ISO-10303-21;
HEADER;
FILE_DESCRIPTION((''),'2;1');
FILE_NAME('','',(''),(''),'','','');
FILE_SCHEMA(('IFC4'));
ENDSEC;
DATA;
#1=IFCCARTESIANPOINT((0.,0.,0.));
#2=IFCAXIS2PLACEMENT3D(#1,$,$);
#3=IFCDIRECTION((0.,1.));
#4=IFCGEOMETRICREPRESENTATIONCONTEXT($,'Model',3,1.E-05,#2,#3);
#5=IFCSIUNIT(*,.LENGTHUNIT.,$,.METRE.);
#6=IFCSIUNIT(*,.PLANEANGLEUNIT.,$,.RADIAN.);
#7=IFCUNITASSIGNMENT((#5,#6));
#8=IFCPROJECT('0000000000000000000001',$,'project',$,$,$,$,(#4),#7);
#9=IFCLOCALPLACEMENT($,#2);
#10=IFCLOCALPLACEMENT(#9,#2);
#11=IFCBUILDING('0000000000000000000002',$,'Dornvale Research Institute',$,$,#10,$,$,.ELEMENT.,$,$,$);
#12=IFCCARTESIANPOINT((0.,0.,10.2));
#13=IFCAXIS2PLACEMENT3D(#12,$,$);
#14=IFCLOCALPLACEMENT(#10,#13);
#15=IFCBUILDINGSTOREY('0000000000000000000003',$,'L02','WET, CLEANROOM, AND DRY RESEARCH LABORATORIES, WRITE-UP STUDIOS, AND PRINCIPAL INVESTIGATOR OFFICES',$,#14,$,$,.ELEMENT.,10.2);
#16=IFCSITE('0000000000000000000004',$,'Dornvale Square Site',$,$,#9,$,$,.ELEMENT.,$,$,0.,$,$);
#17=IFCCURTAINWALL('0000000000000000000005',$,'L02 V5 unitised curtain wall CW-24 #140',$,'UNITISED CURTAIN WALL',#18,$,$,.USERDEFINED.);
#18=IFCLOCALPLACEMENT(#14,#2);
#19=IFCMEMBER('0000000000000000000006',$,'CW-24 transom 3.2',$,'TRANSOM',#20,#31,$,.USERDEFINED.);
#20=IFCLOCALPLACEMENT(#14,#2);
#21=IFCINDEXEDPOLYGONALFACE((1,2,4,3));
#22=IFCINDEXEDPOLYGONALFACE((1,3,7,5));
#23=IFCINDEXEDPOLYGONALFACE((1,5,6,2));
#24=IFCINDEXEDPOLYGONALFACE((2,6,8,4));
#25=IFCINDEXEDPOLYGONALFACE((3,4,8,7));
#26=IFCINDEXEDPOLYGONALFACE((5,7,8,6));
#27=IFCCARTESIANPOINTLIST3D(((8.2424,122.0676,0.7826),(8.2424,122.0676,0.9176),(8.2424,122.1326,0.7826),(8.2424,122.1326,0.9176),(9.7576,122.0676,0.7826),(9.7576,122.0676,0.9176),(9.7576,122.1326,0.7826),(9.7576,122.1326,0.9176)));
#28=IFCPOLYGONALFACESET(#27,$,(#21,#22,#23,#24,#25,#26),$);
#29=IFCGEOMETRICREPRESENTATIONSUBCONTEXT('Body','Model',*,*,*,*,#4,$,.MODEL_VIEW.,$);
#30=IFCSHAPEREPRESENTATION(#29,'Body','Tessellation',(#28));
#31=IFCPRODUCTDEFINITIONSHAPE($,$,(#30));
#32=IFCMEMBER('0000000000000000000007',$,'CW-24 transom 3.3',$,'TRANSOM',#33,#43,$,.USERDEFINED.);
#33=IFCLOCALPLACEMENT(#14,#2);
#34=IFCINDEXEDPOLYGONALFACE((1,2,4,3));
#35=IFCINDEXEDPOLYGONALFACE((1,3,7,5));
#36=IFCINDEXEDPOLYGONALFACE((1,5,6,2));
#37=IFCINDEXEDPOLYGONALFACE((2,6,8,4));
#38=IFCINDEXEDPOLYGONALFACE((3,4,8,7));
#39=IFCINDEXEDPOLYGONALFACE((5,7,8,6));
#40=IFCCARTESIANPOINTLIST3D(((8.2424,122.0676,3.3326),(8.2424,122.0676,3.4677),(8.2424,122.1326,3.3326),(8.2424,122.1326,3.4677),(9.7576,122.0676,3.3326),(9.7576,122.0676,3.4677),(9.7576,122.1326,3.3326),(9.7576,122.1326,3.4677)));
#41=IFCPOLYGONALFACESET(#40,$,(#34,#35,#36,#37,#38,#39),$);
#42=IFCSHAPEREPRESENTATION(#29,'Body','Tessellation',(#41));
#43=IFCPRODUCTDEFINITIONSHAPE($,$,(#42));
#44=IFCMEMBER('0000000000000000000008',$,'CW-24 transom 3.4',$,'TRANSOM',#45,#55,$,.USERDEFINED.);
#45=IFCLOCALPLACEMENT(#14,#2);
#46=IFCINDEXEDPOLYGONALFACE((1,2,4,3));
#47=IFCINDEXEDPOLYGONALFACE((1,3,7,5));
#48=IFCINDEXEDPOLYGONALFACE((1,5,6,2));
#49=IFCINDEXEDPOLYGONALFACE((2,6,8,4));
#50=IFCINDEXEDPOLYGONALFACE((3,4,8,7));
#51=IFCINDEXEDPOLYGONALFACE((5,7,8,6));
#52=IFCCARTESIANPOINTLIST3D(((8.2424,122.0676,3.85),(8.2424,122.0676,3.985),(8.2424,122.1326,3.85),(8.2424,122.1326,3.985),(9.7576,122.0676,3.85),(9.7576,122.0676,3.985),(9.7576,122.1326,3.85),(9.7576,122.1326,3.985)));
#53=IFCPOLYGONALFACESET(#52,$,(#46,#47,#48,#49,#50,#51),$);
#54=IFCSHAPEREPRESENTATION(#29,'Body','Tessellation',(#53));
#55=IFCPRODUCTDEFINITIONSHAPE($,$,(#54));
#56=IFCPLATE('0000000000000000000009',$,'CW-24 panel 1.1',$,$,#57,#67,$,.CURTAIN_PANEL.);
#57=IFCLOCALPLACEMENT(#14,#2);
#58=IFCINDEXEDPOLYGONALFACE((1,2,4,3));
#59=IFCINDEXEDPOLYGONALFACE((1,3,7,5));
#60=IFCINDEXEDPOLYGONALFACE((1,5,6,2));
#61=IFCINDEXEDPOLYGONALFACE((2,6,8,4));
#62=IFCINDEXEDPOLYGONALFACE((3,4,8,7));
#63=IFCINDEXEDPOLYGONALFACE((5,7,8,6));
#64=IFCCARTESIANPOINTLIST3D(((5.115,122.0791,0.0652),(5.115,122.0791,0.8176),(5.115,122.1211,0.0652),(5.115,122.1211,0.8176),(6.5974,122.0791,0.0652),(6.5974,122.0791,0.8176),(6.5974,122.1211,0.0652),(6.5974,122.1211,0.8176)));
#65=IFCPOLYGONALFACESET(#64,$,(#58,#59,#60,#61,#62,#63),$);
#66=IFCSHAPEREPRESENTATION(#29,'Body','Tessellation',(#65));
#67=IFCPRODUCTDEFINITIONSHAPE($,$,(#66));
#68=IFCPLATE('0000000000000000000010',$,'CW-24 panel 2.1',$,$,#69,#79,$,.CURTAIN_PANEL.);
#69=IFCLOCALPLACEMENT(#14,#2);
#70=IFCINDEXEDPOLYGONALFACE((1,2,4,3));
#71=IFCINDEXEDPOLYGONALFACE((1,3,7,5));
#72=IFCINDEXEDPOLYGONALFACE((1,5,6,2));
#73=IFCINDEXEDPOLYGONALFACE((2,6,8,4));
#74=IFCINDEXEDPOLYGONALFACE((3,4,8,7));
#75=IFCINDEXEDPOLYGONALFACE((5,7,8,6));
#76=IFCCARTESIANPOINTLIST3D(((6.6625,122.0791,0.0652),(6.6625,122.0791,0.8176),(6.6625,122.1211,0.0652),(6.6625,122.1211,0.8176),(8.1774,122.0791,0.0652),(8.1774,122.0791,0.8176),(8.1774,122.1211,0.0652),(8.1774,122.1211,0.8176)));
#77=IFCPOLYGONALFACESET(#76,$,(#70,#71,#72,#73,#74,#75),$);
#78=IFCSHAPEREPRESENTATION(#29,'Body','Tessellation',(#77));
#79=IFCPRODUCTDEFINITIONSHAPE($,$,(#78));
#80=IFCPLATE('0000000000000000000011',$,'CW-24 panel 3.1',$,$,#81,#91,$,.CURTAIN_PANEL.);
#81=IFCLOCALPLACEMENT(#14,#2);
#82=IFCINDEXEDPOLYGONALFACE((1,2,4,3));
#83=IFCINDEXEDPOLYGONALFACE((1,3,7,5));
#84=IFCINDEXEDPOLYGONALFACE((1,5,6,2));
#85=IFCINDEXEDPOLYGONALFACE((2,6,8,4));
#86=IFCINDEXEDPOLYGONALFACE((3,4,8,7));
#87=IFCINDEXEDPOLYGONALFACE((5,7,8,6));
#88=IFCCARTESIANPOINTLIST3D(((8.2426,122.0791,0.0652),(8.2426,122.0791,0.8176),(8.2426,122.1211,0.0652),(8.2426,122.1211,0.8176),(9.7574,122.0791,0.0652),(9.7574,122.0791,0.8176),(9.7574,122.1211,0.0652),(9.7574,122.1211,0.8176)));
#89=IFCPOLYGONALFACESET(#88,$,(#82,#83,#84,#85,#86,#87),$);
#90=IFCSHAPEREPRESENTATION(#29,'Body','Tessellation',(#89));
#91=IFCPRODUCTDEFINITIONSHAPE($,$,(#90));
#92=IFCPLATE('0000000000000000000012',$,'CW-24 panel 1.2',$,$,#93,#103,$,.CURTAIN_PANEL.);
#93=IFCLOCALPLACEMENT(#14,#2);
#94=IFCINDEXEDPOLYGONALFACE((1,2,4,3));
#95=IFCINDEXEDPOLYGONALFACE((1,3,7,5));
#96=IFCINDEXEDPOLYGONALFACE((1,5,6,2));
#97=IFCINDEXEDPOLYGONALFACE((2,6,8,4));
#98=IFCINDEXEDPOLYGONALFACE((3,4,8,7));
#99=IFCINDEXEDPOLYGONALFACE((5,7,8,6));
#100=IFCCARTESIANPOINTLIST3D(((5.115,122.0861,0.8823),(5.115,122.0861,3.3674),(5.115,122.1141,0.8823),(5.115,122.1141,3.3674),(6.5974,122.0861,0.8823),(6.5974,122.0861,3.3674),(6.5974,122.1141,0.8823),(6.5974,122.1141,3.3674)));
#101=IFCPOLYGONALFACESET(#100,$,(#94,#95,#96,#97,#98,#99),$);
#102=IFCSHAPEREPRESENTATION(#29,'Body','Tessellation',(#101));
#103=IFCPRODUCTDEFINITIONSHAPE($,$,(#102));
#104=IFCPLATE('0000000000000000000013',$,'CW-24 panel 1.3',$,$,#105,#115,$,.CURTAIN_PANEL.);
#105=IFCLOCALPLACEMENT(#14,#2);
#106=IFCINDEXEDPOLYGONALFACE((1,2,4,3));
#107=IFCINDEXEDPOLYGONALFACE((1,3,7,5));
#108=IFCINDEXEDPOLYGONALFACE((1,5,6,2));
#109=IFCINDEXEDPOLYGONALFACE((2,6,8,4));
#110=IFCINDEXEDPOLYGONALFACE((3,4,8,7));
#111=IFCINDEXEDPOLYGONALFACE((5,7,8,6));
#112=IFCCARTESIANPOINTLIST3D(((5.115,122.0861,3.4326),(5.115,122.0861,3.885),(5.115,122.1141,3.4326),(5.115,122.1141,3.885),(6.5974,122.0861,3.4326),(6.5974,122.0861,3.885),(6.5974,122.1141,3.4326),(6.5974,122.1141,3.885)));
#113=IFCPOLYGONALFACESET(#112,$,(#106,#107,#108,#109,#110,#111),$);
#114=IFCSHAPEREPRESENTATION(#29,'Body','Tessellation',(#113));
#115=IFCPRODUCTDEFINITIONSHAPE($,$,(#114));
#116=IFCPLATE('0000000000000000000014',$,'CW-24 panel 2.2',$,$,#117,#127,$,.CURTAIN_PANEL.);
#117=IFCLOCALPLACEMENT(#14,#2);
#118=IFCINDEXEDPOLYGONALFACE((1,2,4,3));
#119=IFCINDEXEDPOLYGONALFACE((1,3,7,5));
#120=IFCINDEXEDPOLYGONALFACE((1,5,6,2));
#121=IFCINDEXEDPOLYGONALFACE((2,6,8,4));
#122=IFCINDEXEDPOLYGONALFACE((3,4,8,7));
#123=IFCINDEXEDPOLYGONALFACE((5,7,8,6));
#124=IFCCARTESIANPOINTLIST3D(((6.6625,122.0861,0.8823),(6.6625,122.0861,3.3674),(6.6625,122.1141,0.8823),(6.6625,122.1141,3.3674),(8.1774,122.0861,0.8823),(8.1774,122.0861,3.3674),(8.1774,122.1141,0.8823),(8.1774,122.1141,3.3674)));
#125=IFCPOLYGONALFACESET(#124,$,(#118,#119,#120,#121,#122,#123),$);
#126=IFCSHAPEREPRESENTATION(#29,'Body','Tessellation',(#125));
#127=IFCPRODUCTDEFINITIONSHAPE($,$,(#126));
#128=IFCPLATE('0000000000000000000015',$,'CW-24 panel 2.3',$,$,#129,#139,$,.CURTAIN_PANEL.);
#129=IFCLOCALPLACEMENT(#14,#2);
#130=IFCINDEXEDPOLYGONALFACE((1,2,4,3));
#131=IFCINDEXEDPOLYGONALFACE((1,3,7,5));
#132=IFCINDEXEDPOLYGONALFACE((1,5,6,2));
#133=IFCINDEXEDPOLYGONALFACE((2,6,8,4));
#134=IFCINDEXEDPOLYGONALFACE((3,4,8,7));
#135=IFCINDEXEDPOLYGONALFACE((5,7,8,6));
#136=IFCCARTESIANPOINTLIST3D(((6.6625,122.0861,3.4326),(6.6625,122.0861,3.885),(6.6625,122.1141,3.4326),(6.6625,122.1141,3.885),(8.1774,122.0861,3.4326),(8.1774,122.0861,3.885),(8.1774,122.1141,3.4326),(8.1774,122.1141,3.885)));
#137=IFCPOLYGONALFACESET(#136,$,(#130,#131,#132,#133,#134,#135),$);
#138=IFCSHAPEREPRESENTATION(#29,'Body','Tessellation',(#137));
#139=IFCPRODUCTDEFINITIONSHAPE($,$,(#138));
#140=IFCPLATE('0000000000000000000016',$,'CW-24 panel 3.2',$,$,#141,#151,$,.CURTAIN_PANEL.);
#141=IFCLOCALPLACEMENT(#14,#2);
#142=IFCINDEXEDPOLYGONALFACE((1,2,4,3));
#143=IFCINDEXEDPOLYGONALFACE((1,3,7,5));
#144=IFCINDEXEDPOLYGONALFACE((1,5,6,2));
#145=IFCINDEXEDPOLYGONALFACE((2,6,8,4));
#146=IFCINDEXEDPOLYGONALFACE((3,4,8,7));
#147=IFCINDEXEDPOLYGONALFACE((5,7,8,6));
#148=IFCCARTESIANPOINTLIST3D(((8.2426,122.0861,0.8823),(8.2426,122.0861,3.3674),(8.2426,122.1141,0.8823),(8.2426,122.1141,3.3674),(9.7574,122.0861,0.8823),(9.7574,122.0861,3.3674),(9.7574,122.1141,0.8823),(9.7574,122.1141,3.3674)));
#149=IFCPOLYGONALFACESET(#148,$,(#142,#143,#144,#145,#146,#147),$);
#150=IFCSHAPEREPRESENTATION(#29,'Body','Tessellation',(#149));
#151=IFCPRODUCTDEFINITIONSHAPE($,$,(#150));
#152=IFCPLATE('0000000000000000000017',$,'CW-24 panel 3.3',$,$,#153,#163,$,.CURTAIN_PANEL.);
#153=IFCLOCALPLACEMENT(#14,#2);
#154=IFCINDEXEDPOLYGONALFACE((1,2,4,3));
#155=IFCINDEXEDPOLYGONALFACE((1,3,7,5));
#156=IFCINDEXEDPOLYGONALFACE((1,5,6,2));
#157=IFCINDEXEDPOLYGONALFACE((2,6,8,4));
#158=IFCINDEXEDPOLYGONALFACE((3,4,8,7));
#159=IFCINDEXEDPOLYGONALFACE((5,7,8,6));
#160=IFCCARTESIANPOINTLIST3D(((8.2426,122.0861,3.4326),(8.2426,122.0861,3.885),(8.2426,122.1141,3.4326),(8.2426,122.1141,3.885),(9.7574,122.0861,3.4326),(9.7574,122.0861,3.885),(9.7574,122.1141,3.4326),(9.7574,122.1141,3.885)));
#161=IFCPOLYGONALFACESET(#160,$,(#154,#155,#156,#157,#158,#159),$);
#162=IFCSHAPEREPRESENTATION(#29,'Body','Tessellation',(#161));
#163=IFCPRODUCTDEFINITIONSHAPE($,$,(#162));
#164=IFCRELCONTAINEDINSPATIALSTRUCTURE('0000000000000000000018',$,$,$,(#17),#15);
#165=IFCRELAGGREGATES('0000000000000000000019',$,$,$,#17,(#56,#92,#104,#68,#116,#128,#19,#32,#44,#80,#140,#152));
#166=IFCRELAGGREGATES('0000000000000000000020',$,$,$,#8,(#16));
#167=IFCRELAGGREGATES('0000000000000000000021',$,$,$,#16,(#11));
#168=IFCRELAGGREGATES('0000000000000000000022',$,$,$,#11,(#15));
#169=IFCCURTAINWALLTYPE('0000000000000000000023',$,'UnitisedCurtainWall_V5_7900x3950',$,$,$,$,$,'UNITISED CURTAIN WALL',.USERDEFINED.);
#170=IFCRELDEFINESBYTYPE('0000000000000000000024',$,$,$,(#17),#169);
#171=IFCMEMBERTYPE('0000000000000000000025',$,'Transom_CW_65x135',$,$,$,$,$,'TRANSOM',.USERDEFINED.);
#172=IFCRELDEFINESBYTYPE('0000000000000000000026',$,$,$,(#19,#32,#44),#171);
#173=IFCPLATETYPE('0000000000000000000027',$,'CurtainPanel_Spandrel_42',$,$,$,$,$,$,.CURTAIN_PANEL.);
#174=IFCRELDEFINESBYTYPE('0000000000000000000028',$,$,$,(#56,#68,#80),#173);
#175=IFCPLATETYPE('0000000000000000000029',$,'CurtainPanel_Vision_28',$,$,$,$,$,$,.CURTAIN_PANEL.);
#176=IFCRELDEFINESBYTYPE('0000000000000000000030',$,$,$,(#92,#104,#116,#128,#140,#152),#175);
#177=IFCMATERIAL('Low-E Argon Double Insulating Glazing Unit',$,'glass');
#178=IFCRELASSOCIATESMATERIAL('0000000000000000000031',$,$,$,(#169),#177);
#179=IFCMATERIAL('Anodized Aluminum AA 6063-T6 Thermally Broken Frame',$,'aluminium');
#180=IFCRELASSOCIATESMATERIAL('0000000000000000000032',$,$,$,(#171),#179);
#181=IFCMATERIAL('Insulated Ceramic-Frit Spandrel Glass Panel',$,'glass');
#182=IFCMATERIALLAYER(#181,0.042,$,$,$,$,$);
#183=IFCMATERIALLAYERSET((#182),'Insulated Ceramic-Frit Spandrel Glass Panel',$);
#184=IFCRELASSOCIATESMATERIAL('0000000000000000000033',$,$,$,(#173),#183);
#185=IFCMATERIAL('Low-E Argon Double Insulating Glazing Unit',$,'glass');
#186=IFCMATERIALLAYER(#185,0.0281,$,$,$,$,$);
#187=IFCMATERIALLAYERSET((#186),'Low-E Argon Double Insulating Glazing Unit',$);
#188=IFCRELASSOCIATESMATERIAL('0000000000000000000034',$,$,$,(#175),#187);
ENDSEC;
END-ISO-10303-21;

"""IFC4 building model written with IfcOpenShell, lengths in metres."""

from ifc_helpers import new_model, si_unit, direction, frame, origin, origin_2d, place, context, subcontext, project, spatial, rectangle, extrude, material, layer, layer_set, material_profile, profile_set, type_object, element, aggregate, save


model = new_model("IFC4")

# Units and contexts
model_context = context("Model", 3, precision=1e-05, world=origin(), true_north=direction((0.0, 1.0)))
body_context = subcontext(model_context, "Body", "Model", "MODEL_VIEW")
ifc_project = project(units=[si_unit("LENGTHUNIT", "METRE"), si_unit("PLANEANGLEUNIT", "RADIAN")], contexts=[model_context])

# Site, building, storey
site_placement = place(None, origin())
site = spatial("IfcSite", under=ifc_project, at=site_placement, Name="Dornvale Square Site", CompositionType="ELEMENT", RefElevation=0.0)
building_placement = place(site_placement, origin())
building = spatial("IfcBuilding", under=site, at=building_placement, Name="Dornvale Research Institute", CompositionType="ELEMENT")
storey_placement = place(building_placement, frame((0.0, 0.0, 10.2)))
storey = spatial("IfcBuildingStorey", under=building, at=storey_placement, Name="L02", Description="WET, CLEANROOM, AND DRY RESEARCH LABORATORIES, WRITE-UP STUDIOS, AND PRINCIPAL INVESTIGATOR OFFICES", CompositionType="ELEMENT", Elevation=10.2)

# Curtain wall, members, plates
ifc_material_1 = material(Name="Low-E Argon Double Insulating Glazing Unit", Category="glass")
curtain_wall_type = type_object("IfcCurtainWallType", Name="UnitisedCurtainWall_V5_7900x3950", ElementType="UNITISED CURTAIN WALL", PredefinedType="USERDEFINED", material=ifc_material_1)
curtain_wall_placement = place(storey_placement, origin())
curtain_wall = element("IfcCurtainWall", 1, at=curtain_wall_placement, inside=storey, type_object=curtain_wall_type, Name="L02 V5 unitised curtain wall CW-24 #140", ObjectType="UNITISED CURTAIN WALL", PredefinedType="USERDEFINED")
ifc_material_2 = material(Name="Anodized Aluminum AA 6063-T6 Thermally Broken Frame", Category="aluminium")
ifc_material_profile_1 = material_profile(ifc_material_2, rectangle(XDim=0.0649, YDim=0.135, at=origin_2d()), Name="ALU TRANSOM 65x135")
ifc_profile_set_1 = profile_set([ifc_material_profile_1], Name="Anodized Aluminum AA 6063-T6 Thermally Broken Frame")
member_type_1 = type_object("IfcMemberType", Name="Transom_CW_65x135", ElementType="TRANSOM", PredefinedType="USERDEFINED", material=ifc_profile_set_1)
member_1_placement = place(storey_placement, frame((8.2424, 122.1001, 0.8501), z_axis=(1.0, 0.0, 0.0), x_axis=(0.0, 1.0, 0.0)))
member_1 = element("IfcMember", 2, at=member_1_placement, type_object=member_type_1, Name="CW-24 transom 3.2", ObjectType="TRANSOM", PredefinedType="USERDEFINED", context=body_context, shape_type="SweptSolid", body=[
    extrude(rectangle(XDim=0.0649, YDim=0.135, at=origin_2d()), origin(), (0.0, 0.0, 1.0), 1.5151),
])
member_2_placement = place(storey_placement, frame((8.2424, 122.1001, 3.4001), z_axis=(1.0, 0.0, 0.0), x_axis=(0.0, 1.0, 0.0)))
member_2 = element("IfcMember", 3, at=member_2_placement, type_object=member_type_1, Name="CW-24 transom 3.3", ObjectType="TRANSOM", PredefinedType="USERDEFINED", context=body_context, shape_type="SweptSolid", body=[
    extrude(rectangle(XDim=0.0649, YDim=0.135, at=origin_2d()), origin(), (0.0, 0.0, 1.0), 1.5151),
])
member_3_placement = place(storey_placement, frame((8.2424, 122.1001, 3.9175), z_axis=(1.0, 0.0, 0.0), x_axis=(0.0, 1.0, 0.0)))
member_3 = element("IfcMember", 4, at=member_3_placement, type_object=member_type_1, Name="CW-24 transom 3.4", ObjectType="TRANSOM", PredefinedType="USERDEFINED", context=body_context, shape_type="SweptSolid", body=[
    extrude(rectangle(XDim=0.0649, YDim=0.135, at=origin_2d()), origin(), (0.0, 0.0, 1.0), 1.5151),
])
ifc_material_3 = material(Name="Insulated Ceramic-Frit Spandrel Glass Panel", Category="glass")
ifc_layer_1 = layer(ifc_material_3, 0.042)
ifc_layer_set_1 = layer_set([ifc_layer_1], Name="Insulated Ceramic-Frit Spandrel Glass Panel")
plate_type_1 = type_object("IfcPlateType", Name="CurtainPanel_Spandrel_42", PredefinedType="CURTAIN_PANEL", material=ifc_layer_set_1)
plate_1_placement = place(storey_placement, frame((5.8562, 122.1001, 0.0652), z_axis=(0.0, 0.0, 1.0), x_axis=(1.0, 0.0, 0.0)))
plate_1 = element("IfcPlate", 5, at=plate_1_placement, type_object=plate_type_1, Name="CW-24 panel 1.1", PredefinedType="CURTAIN_PANEL", context=body_context, shape_type="SweptSolid", body=[
    extrude(rectangle(XDim=1.4824, YDim=0.042, at=origin_2d()), origin(), (0.0, 0.0, 1.0), 0.7524),
])
plate_2_placement = place(storey_placement, frame((7.4199, 122.1001, 0.0652), z_axis=(0.0, 0.0, 1.0), x_axis=(1.0, 0.0, 0.0)))
plate_2 = element("IfcPlate", 6, at=plate_2_placement, type_object=plate_type_1, Name="CW-24 panel 2.1", PredefinedType="CURTAIN_PANEL", context=body_context, shape_type="SweptSolid", body=[
    extrude(rectangle(XDim=1.5149, YDim=0.042, at=origin_2d()), origin(), (0.0, 0.0, 1.0), 0.7524),
])
plate_3_placement = place(storey_placement, frame((9.0, 122.1001, 0.0652), z_axis=(0.0, 0.0, 1.0), x_axis=(1.0, 0.0, 0.0)))
plate_3 = element("IfcPlate", 7, at=plate_3_placement, type_object=plate_type_1, Name="CW-24 panel 3.1", PredefinedType="CURTAIN_PANEL", context=body_context, shape_type="SweptSolid", body=[
    extrude(rectangle(XDim=1.5149, YDim=0.042, at=origin_2d()), origin(), (0.0, 0.0, 1.0), 0.7524),
])
ifc_material_4 = material(Name="Low-E Argon Double Insulating Glazing Unit", Category="glass")
ifc_layer_2 = layer(ifc_material_4, 0.0281)
ifc_layer_set_2 = layer_set([ifc_layer_2], Name="Low-E Argon Double Insulating Glazing Unit")
plate_type_2 = type_object("IfcPlateType", Name="CurtainPanel_Vision_28", PredefinedType="CURTAIN_PANEL", material=ifc_layer_set_2)
plate_4_placement = place(storey_placement, frame((5.8562, 122.1001, 0.8823), z_axis=(0.0, 0.0, 1.0), x_axis=(1.0, 0.0, 0.0)))
plate_4 = element("IfcPlate", 8, at=plate_4_placement, type_object=plate_type_2, Name="CW-24 panel 1.2", PredefinedType="CURTAIN_PANEL", context=body_context, shape_type="SweptSolid", body=[
    extrude(rectangle(XDim=1.4824, YDim=0.0281, at=origin_2d()), origin(), (0.0, 0.0, 1.0), 2.4851),
])
plate_5_placement = place(storey_placement, frame((5.8562, 122.1001, 3.4326), z_axis=(0.0, 0.0, 1.0), x_axis=(1.0, 0.0, 0.0)))
plate_5 = element("IfcPlate", 9, at=plate_5_placement, type_object=plate_type_2, Name="CW-24 panel 1.3", PredefinedType="CURTAIN_PANEL", context=body_context, shape_type="SweptSolid", body=[
    extrude(rectangle(XDim=1.4824, YDim=0.0281, at=origin_2d()), origin(), (0.0, 0.0, 1.0), 0.4524),
])
plate_6_placement = place(storey_placement, frame((7.4199, 122.1001, 0.8823), z_axis=(0.0, 0.0, 1.0), x_axis=(1.0, 0.0, 0.0)))
plate_6 = element("IfcPlate", 10, at=plate_6_placement, type_object=plate_type_2, Name="CW-24 panel 2.2", PredefinedType="CURTAIN_PANEL", context=body_context, shape_type="SweptSolid", body=[
    extrude(rectangle(XDim=1.5149, YDim=0.0281, at=origin_2d()), origin(), (0.0, 0.0, 1.0), 2.4851),
])
plate_7_placement = place(storey_placement, frame((7.4199, 122.1001, 3.4326), z_axis=(0.0, 0.0, 1.0), x_axis=(1.0, 0.0, 0.0)))
plate_7 = element("IfcPlate", 11, at=plate_7_placement, type_object=plate_type_2, Name="CW-24 panel 2.3", PredefinedType="CURTAIN_PANEL", context=body_context, shape_type="SweptSolid", body=[
    extrude(rectangle(XDim=1.5149, YDim=0.0281, at=origin_2d()), origin(), (0.0, 0.0, 1.0), 0.4524),
])
plate_8_placement = place(storey_placement, frame((9.0, 122.1001, 0.8823), z_axis=(0.0, 0.0, 1.0), x_axis=(1.0, 0.0, 0.0)))
plate_8 = element("IfcPlate", 12, at=plate_8_placement, type_object=plate_type_2, Name="CW-24 panel 3.2", PredefinedType="CURTAIN_PANEL", context=body_context, shape_type="SweptSolid", body=[
    extrude(rectangle(XDim=1.5149, YDim=0.0281, at=origin_2d()), origin(), (0.0, 0.0, 1.0), 2.4851),
])
plate_9_placement = place(storey_placement, frame((9.0, 122.1001, 3.4326), z_axis=(0.0, 0.0, 1.0), x_axis=(1.0, 0.0, 0.0)))
plate_9 = element("IfcPlate", 13, at=plate_9_placement, type_object=plate_type_2, Name="CW-24 panel 3.3", PredefinedType="CURTAIN_PANEL", context=body_context, shape_type="SweptSolid", body=[
    extrude(rectangle(XDim=1.5149, YDim=0.0281, at=origin_2d()), origin(), (0.0, 0.0, 1.0), 0.4524),
])
aggregate(curtain_wall, [plate_1, plate_4, plate_5, plate_2, plate_6, plate_7, member_1, member_2, member_3, plate_3, plate_8, plate_9])

save(model, "model.ifc")
